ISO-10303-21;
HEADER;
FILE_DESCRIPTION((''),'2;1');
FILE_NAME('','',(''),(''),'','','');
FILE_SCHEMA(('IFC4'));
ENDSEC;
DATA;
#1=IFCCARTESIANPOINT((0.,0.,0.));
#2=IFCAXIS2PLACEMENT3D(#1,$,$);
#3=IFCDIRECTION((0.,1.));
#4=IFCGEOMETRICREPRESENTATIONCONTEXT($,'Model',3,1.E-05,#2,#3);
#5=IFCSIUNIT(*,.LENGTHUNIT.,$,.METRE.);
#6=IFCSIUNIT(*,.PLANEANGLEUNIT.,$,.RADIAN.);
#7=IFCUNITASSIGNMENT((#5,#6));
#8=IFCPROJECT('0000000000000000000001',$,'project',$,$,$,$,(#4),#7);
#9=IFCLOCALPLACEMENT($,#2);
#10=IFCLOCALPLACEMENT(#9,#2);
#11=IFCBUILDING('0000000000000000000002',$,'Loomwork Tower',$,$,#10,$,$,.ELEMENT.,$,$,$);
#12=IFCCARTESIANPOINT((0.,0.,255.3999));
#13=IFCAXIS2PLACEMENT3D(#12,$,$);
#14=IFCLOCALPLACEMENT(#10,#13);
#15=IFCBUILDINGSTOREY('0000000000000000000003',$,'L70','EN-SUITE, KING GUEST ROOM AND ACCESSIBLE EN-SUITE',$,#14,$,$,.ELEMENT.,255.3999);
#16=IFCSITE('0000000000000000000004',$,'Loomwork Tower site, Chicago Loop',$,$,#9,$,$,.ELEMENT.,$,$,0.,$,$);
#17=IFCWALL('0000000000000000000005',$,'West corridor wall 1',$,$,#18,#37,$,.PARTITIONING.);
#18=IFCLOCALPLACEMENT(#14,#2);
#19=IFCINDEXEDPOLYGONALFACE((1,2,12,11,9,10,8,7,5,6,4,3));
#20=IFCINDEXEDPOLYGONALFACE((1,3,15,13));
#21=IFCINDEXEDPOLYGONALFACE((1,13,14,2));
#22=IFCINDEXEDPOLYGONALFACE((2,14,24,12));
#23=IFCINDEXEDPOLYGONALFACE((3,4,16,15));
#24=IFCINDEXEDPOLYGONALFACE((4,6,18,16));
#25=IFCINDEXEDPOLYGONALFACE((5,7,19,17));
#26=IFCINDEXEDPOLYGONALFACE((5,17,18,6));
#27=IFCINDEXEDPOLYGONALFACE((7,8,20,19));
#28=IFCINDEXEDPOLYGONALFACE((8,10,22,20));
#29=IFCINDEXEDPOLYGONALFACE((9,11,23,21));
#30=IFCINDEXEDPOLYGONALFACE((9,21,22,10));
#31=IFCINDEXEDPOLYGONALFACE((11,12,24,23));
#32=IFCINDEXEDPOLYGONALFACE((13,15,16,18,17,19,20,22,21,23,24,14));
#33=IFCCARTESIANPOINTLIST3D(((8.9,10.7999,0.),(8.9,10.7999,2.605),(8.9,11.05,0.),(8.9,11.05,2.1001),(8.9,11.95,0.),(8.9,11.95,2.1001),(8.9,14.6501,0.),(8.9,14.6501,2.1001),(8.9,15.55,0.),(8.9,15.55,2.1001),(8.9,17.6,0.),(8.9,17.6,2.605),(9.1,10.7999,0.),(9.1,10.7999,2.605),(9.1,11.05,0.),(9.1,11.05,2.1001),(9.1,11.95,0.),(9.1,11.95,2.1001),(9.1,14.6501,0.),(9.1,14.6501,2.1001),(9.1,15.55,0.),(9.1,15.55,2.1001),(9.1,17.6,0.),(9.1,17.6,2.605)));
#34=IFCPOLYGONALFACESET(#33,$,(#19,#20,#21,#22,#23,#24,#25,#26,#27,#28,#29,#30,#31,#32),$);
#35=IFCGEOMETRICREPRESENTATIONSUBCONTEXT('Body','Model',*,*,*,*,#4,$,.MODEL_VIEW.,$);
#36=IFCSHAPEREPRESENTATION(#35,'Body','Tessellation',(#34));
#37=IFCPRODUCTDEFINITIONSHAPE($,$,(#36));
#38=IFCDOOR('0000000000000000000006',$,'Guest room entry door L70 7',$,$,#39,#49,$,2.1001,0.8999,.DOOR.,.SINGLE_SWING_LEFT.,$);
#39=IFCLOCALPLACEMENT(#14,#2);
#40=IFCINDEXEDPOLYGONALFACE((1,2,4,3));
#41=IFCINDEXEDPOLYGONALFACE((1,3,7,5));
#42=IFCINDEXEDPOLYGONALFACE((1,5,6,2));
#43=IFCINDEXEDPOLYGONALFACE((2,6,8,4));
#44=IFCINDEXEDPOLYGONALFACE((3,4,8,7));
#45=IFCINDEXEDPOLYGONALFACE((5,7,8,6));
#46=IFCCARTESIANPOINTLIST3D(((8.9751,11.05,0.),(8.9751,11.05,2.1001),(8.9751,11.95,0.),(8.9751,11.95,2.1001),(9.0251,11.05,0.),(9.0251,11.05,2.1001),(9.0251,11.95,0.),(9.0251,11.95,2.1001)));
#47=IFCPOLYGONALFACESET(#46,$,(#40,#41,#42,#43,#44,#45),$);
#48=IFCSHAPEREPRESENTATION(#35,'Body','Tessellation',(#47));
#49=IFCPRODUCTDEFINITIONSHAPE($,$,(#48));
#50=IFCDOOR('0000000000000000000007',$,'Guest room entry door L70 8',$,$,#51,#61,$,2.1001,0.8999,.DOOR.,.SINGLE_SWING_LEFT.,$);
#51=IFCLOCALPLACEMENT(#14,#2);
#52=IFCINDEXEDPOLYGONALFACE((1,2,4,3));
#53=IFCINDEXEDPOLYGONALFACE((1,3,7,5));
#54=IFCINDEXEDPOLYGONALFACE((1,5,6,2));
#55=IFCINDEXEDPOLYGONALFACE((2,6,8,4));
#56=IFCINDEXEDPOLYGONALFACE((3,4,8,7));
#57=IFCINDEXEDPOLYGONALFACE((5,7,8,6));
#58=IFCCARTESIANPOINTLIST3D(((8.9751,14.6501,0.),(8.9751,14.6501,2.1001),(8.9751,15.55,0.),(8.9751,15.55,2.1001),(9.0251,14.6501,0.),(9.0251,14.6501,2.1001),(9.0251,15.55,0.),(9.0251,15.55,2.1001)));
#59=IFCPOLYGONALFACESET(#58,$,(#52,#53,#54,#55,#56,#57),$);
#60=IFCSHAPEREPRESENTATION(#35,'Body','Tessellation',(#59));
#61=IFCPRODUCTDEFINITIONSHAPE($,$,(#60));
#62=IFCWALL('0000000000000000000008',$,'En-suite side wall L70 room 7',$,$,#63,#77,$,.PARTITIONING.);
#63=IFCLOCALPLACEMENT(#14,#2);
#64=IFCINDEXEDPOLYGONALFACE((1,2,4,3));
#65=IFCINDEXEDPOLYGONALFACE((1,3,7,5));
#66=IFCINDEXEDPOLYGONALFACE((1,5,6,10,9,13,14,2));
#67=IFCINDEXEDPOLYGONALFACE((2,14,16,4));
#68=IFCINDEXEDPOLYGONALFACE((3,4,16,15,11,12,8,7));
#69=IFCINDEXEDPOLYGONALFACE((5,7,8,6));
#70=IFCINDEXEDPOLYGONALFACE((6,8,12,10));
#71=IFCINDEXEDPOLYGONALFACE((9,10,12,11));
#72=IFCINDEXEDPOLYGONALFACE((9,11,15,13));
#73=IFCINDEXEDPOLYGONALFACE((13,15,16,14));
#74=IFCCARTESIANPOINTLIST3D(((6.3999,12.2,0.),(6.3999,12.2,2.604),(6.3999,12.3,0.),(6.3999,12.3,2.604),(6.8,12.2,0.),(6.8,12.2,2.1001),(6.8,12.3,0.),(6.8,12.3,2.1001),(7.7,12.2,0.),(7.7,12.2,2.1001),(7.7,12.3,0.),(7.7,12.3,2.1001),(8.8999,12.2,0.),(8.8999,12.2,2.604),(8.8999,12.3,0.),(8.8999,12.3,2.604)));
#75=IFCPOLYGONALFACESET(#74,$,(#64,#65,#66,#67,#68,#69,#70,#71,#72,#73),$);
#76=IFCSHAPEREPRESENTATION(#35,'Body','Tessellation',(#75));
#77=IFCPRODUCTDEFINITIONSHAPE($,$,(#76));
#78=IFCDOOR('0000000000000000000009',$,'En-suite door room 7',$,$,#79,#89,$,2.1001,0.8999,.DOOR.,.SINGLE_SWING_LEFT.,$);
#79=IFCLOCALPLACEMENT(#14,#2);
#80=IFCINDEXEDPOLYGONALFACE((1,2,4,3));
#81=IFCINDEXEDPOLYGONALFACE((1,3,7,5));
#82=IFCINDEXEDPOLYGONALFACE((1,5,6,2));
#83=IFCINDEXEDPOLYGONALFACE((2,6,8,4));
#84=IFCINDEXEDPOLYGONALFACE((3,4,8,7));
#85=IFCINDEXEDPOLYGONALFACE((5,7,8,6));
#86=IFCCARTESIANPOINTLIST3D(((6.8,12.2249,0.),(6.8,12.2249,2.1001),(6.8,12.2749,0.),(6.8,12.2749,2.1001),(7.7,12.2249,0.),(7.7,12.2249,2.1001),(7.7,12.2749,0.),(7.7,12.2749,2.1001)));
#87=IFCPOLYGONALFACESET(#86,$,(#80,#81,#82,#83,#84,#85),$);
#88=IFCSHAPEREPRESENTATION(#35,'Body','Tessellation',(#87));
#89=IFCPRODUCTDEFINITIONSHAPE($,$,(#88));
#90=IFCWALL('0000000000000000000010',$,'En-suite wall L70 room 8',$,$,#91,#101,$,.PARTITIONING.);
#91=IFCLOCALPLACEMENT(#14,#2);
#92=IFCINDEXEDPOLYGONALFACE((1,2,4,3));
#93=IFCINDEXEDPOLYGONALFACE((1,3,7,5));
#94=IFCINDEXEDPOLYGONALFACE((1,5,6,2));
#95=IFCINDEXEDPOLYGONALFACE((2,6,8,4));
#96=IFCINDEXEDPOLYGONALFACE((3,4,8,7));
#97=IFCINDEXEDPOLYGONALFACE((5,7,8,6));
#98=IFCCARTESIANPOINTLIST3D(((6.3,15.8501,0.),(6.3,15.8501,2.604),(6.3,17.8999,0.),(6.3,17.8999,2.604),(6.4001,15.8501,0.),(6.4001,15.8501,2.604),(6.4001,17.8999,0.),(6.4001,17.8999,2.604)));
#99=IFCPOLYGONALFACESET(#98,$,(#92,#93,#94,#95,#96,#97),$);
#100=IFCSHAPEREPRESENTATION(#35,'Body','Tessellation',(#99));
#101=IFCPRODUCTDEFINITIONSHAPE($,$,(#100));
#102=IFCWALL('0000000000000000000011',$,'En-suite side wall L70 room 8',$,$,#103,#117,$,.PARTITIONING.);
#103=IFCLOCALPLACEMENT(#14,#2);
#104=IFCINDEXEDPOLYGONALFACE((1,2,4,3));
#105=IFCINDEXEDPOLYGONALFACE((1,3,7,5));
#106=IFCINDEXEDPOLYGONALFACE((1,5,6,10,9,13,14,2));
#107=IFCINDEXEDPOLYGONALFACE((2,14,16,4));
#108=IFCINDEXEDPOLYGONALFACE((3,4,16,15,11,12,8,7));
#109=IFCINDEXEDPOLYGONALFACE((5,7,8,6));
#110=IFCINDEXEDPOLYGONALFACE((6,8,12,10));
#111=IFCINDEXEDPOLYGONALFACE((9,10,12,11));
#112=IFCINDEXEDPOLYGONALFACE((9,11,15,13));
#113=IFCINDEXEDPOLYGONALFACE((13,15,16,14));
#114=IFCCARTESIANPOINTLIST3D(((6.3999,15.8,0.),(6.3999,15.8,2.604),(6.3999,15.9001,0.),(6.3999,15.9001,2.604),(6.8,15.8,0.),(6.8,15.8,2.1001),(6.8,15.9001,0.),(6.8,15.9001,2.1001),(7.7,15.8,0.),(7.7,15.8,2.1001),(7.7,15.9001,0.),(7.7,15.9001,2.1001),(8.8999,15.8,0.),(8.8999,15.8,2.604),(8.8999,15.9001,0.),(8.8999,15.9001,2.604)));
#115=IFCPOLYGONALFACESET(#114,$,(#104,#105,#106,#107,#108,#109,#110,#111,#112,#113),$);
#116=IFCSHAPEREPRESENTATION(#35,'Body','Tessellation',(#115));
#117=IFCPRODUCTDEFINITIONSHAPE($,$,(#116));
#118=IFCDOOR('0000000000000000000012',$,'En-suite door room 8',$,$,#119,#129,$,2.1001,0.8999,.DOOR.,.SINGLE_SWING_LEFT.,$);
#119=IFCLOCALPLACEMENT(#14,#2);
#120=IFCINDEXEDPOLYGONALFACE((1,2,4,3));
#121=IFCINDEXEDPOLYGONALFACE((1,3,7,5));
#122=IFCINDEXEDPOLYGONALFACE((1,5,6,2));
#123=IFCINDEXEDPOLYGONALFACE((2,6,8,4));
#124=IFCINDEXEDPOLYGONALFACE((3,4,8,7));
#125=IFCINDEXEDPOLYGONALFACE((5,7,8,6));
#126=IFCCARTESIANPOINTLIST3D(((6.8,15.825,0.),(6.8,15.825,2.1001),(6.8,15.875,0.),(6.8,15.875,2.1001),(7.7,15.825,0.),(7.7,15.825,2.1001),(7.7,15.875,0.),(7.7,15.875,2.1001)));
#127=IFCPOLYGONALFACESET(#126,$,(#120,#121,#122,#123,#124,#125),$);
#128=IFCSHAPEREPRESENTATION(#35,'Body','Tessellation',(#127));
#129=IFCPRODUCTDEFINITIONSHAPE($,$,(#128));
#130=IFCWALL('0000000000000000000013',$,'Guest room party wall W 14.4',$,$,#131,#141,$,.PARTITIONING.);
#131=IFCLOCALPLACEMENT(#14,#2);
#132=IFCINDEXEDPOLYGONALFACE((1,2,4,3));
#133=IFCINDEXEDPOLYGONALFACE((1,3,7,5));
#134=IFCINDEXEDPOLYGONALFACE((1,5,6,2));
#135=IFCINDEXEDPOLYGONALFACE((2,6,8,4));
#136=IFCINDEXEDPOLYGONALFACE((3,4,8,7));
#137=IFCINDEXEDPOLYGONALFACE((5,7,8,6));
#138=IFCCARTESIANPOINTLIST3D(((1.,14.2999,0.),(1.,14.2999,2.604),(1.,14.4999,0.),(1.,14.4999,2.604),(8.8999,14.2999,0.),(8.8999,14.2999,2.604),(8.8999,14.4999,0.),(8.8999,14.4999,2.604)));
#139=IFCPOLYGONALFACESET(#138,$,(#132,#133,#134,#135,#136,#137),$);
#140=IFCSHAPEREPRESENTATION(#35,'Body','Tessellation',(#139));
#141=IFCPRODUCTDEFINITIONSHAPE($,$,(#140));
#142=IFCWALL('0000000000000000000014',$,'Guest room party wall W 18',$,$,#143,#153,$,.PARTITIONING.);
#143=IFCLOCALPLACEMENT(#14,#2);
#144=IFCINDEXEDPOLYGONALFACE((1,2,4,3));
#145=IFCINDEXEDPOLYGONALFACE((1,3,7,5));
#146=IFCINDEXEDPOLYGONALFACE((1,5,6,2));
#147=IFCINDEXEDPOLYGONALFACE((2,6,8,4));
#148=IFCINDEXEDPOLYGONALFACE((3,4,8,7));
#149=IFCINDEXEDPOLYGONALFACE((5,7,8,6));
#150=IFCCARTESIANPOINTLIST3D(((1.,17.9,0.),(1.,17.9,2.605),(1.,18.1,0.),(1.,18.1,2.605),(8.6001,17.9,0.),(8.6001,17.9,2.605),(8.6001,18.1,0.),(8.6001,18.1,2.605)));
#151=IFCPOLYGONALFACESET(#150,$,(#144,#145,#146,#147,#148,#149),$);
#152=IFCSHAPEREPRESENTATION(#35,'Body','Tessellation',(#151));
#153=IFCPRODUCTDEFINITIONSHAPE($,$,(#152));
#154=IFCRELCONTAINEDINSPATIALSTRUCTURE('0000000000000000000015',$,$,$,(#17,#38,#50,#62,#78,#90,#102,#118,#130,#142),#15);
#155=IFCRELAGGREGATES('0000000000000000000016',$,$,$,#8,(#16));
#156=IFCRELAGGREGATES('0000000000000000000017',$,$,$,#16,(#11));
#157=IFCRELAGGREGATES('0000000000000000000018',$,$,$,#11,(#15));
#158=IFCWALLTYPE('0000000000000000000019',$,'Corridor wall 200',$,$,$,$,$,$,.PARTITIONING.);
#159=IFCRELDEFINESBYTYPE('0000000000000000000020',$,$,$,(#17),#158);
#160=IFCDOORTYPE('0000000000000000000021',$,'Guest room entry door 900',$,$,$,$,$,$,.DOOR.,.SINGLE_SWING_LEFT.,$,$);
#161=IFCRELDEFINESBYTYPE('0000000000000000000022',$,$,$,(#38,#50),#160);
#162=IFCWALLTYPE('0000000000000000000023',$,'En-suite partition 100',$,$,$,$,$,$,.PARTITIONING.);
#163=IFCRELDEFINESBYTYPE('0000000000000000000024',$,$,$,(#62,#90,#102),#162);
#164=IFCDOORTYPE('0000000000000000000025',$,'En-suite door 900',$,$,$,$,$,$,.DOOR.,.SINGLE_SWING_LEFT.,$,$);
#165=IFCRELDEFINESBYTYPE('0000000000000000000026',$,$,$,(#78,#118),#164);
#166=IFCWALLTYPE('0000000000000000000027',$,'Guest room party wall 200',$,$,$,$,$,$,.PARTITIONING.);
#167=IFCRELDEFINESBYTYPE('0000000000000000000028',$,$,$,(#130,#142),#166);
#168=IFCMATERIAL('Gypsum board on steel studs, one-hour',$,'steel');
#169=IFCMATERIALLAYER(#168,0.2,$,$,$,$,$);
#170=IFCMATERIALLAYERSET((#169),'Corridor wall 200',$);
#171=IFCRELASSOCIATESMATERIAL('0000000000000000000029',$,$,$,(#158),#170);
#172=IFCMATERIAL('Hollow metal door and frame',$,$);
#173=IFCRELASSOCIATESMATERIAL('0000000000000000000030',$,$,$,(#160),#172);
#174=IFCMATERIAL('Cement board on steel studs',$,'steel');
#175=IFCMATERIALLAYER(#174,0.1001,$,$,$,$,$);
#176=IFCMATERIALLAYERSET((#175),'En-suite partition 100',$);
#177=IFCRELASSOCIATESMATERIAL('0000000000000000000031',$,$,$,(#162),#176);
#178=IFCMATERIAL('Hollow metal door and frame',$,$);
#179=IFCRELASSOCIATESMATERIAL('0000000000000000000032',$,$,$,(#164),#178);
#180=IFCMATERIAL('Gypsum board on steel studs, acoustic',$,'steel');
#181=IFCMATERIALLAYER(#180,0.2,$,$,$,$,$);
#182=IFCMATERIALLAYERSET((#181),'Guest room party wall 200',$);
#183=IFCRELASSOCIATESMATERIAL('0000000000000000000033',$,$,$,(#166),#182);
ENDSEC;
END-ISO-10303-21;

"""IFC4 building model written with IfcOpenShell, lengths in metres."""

from ifc_helpers import new_model, si_unit, direction, frame, frame_2d, origin, place, context, subcontext, project, spatial, rectangle, extrude, material, layer, layer_set, type_object, element, fill, save


model = new_model("IFC4")

# Units and contexts
model_context = context("Model", 3, precision=1e-05, world=origin(), true_north=direction((0.0, 1.0)))
body_context = subcontext(model_context, "Body", "Model", "MODEL_VIEW")
ifc_project = project(units=[si_unit("LENGTHUNIT", "METRE"), si_unit("PLANEANGLEUNIT", "RADIAN")], contexts=[model_context])

# Site, building, storey
site_placement = place(None, origin())
site = spatial("IfcSite", under=ifc_project, at=site_placement, Name="Loomwork Tower site, Chicago Loop", CompositionType="ELEMENT", RefElevation=0.0)
building_placement = place(site_placement, origin())
building = spatial("IfcBuilding", under=site, at=building_placement, Name="Loomwork Tower", CompositionType="ELEMENT")
storey_placement = place(building_placement, frame((0.0, 0.0, 255.3999)))
storey = spatial("IfcBuildingStorey", under=building, at=storey_placement, Name="L70", Description="EN-SUITE, KING GUEST ROOM AND ACCESSIBLE EN-SUITE", CompositionType="ELEMENT", Elevation=255.3999)

# Wall, openings, doors
ifc_material_1 = material(Name="Gypsum board on steel studs, one-hour", Category="steel")
ifc_layer_1 = layer(ifc_material_1, 0.2)
ifc_layer_set_1 = layer_set([ifc_layer_1], Name="Corridor wall 200")
wall_type_1 = type_object("IfcWallType", Name="Corridor wall 200", PredefinedType="PARTITIONING", material=ifc_layer_set_1)
wall_1_placement = place(storey_placement, frame((9.0, 10.8, 0.0), z_axis=(0.0, 0.0, 1.0), x_axis=(0.0, 1.0, 0.0)))
wall_1 = element("IfcWall", 1, at=wall_1_placement, inside=storey, type_object=wall_type_1, Name="West corridor wall 1", PredefinedType="PARTITIONING", context=body_context, shape_type="SweptSolid", body=[
    extrude(rectangle(XDim=6.8, YDim=0.2, at=frame_2d((3.3999, 0.0))), origin(), (0.0, 0.0, 1.0), 2.605),
])
opening_1_placement = place(wall_1_placement, frame((0.25, 0.0, 0.0)))
opening_1 = element("IfcOpeningElement", 2, at=opening_1_placement, cuts=wall_1, PredefinedType="OPENING", context=body_context, shape_type="SweptSolid", body=[
    extrude(rectangle(XDim=0.8999, YDim=2.1001, at=frame_2d((0.45, 1.05))), frame((0.0, 0.1099, 0.0), z_axis=(0.0, -1.0, 0.0), x_axis=(1.0, 0.0, 0.0)), (0.0, 0.0, 1.0), 0.22),
])
opening_2_placement = place(wall_1_placement, frame((3.8501, 0.0, 0.0)))
opening_2 = element("IfcOpeningElement", 3, at=opening_2_placement, cuts=wall_1, PredefinedType="OPENING", context=body_context, shape_type="SweptSolid", body=[
    extrude(rectangle(XDim=0.8999, YDim=2.1001, at=frame_2d((0.45, 1.05))), frame((0.0, 0.1099, 0.0), z_axis=(0.0, -1.0, 0.0), x_axis=(1.0, 0.0, 0.0)), (0.0, 0.0, 1.0), 0.22),
])
ifc_material_2 = material(Name="Hollow metal door and frame")
door_type_1 = type_object("IfcDoorType", Name="Guest room entry door 900", OperationType="SINGLE_SWING_LEFT", PredefinedType="DOOR", material=ifc_material_2)
door_1_placement = place(opening_1_placement, origin())
door_1 = element("IfcDoor", 4, at=door_1_placement, inside=storey, type_object=door_type_1, Name="Guest room entry door L70 7", OperationType="SINGLE_SWING_LEFT", OverallHeight=2.1001, OverallWidth=0.8999, PredefinedType="DOOR", context=body_context, shape_type="SweptSolid", body=[
    extrude(rectangle(XDim=0.8999, YDim=2.1001, at=frame_2d((0.45, 1.05))), frame((0.0, 0.0249, 0.0), z_axis=(0.0, -1.0, 0.0), x_axis=(1.0, 0.0, 0.0)), (0.0, 0.0, 1.0), 0.05),
])
fill(opening_1, door_1)
door_2_placement = place(opening_2_placement, origin())
door_2 = element("IfcDoor", 5, at=door_2_placement, inside=storey, type_object=door_type_1, Name="Guest room entry door L70 8", OperationType="SINGLE_SWING_LEFT", OverallHeight=2.1001, OverallWidth=0.8999, PredefinedType="DOOR", context=body_context, shape_type="SweptSolid", body=[
    extrude(rectangle(XDim=0.8999, YDim=2.1001, at=frame_2d((0.45, 1.05))), frame((0.0, 0.0249, 0.0), z_axis=(0.0, -1.0, 0.0), x_axis=(1.0, 0.0, 0.0)), (0.0, 0.0, 1.0), 0.05),
])
fill(opening_2, door_2)

# Wall, opening, door
ifc_material_3 = material(Name="Cement board on steel studs", Category="steel")
ifc_layer_2 = layer(ifc_material_3, 0.1001)
ifc_layer_set_2 = layer_set([ifc_layer_2], Name="En-suite partition 100")
wall_type_2 = type_object("IfcWallType", Name="En-suite partition 100", PredefinedType="PARTITIONING", material=ifc_layer_set_2)
wall_2_placement = place(storey_placement, frame((8.8999, 12.25, 0.0), z_axis=(0.0, 0.0, 1.0), x_axis=(-1.0, 0.0, 0.0)))
wall_2 = element("IfcWall", 6, at=wall_2_placement, inside=storey, type_object=wall_type_2, Name="En-suite side wall L70 room 7", PredefinedType="PARTITIONING", context=body_context, shape_type="SweptSolid", body=[
    extrude(rectangle(XDim=2.5, YDim=0.1001, at=frame_2d((1.25, 0.0))), origin(), (0.0, 0.0, 1.0), 2.604),
])
opening_3_placement = place(wall_2_placement, frame((1.2, 0.0, 0.0)))
opening_3 = element("IfcOpeningElement", 7, at=opening_3_placement, cuts=wall_2, PredefinedType="OPENING", context=body_context, shape_type="SweptSolid", body=[
    extrude(rectangle(XDim=0.8999, YDim=2.1001, at=frame_2d((0.45, 1.05))), frame((0.0, 0.0601, 0.0), z_axis=(0.0, -1.0, 0.0), x_axis=(1.0, 0.0, 0.0)), (0.0, 0.0, 1.0), 0.1201),
])
ifc_material_4 = material(Name="Hollow metal door and frame")
door_type_2 = type_object("IfcDoorType", Name="En-suite door 900", OperationType="SINGLE_SWING_LEFT", PredefinedType="DOOR", material=ifc_material_4)
door_3_placement = place(opening_3_placement, frame((0.8999, 0.0, 0.0), z_axis=(0.0, 0.0, 1.0), x_axis=(-1.0, 0.0, 0.0)))
door_3 = element("IfcDoor", 8, at=door_3_placement, inside=storey, type_object=door_type_2, Name="En-suite door room 7", OperationType="SINGLE_SWING_LEFT", OverallHeight=2.1001, OverallWidth=0.8999, PredefinedType="DOOR", context=body_context, shape_type="SweptSolid", body=[
    extrude(rectangle(XDim=0.8999, YDim=2.1001, at=frame_2d((0.45, 1.05))), frame((0.0, 0.0249, 0.0), z_axis=(0.0, -1.0, 0.0), x_axis=(1.0, 0.0, 0.0)), (0.0, 0.0, 1.0), 0.05),
])
fill(opening_3, door_3)

# Wall
wall_3_placement = place(storey_placement, frame((6.3501, 15.8501, 0.0), z_axis=(0.0, 0.0, 1.0), x_axis=(0.0, 1.0, 0.0)))
element("IfcWall", 9, at=wall_3_placement, inside=storey, type_object=wall_type_2, Name="En-suite wall L70 room 8", PredefinedType="PARTITIONING", context=body_context, shape_type="SweptSolid", body=[
    extrude(rectangle(XDim=2.0498, YDim=0.1001, at=frame_2d((1.0249, 0.0))), origin(), (0.0, 0.0, 1.0), 2.604),
])

# Wall, opening, door
wall_4_placement = place(storey_placement, frame((8.8999, 15.8501, 0.0), z_axis=(0.0, 0.0, 1.0), x_axis=(-1.0, 0.0, 0.0)))
wall_4 = element("IfcWall", 10, at=wall_4_placement, inside=storey, type_object=wall_type_2, Name="En-suite side wall L70 room 8", PredefinedType="PARTITIONING", context=body_context, shape_type="SweptSolid", body=[
    extrude(rectangle(XDim=2.5, YDim=0.1001, at=frame_2d((1.25, 0.0))), origin(), (0.0, 0.0, 1.0), 2.604),
])
opening_4_placement = place(wall_4_placement, frame((1.2, 0.0, 0.0)))
opening_4 = element("IfcOpeningElement", 11, at=opening_4_placement, cuts=wall_4, PredefinedType="OPENING", context=body_context, shape_type="SweptSolid", body=[
    extrude(rectangle(XDim=0.8999, YDim=2.1001, at=frame_2d((0.45, 1.05))), frame((0.0, 0.0601, 0.0), z_axis=(0.0, -1.0, 0.0), x_axis=(1.0, 0.0, 0.0)), (0.0, 0.0, 1.0), 0.1201),
])
door_4_placement = place(opening_4_placement, frame((0.8999, 0.0, 0.0), z_axis=(0.0, 0.0, 1.0), x_axis=(-1.0, 0.0, 0.0)))
door_4 = element("IfcDoor", 12, at=door_4_placement, inside=storey, type_object=door_type_2, Name="En-suite door room 8", OperationType="SINGLE_SWING_LEFT", OverallHeight=2.1001, OverallWidth=0.8999, PredefinedType="DOOR", context=body_context, shape_type="SweptSolid", body=[
    extrude(rectangle(XDim=0.8999, YDim=2.1001, at=frame_2d((0.45, 1.05))), frame((0.0, 0.0249, 0.0), z_axis=(0.0, -1.0, 0.0), x_axis=(1.0, 0.0, 0.0)), (0.0, 0.0, 1.0), 0.05),
])
fill(opening_4, door_4)

# Walls
ifc_material_5 = material(Name="Gypsum board on steel studs, acoustic", Category="steel")
ifc_layer_3 = layer(ifc_material_5, 0.2)
ifc_layer_set_3 = layer_set([ifc_layer_3], Name="Guest room party wall 200")
wall_type_3 = type_object("IfcWallType", Name="Guest room party wall 200", PredefinedType="PARTITIONING", material=ifc_layer_set_3)
wall_5_placement = place(storey_placement, frame((8.8999, 14.3999, 0.0), z_axis=(0.0, 0.0, 1.0), x_axis=(-1.0, 0.0, 0.0)))
element("IfcWall", 13, at=wall_5_placement, inside=storey, type_object=wall_type_3, Name="Guest room party wall W 14.4", PredefinedType="PARTITIONING", context=body_context, shape_type="SweptSolid", body=[
    extrude(rectangle(XDim=7.8999, YDim=0.2, at=frame_2d((3.95, 0.0))), origin(), (0.0, 0.0, 1.0), 2.604),
])
wall_6_placement = place(storey_placement, frame((8.6001, 18.0, 0.0), z_axis=(0.0, 0.0, 1.0), x_axis=(-1.0, 0.0, 0.0)))
element("IfcWall", 14, at=wall_6_placement, inside=storey, type_object=wall_type_3, Name="Guest room party wall W 18", PredefinedType="PARTITIONING", context=body_context, shape_type="SweptSolid", body=[
    extrude(rectangle(XDim=7.6001, YDim=0.2, at=frame_2d((3.8, 0.0))), origin(), (0.0, 0.0, 1.0), 2.605),
])

save(model, "model.ifc")
